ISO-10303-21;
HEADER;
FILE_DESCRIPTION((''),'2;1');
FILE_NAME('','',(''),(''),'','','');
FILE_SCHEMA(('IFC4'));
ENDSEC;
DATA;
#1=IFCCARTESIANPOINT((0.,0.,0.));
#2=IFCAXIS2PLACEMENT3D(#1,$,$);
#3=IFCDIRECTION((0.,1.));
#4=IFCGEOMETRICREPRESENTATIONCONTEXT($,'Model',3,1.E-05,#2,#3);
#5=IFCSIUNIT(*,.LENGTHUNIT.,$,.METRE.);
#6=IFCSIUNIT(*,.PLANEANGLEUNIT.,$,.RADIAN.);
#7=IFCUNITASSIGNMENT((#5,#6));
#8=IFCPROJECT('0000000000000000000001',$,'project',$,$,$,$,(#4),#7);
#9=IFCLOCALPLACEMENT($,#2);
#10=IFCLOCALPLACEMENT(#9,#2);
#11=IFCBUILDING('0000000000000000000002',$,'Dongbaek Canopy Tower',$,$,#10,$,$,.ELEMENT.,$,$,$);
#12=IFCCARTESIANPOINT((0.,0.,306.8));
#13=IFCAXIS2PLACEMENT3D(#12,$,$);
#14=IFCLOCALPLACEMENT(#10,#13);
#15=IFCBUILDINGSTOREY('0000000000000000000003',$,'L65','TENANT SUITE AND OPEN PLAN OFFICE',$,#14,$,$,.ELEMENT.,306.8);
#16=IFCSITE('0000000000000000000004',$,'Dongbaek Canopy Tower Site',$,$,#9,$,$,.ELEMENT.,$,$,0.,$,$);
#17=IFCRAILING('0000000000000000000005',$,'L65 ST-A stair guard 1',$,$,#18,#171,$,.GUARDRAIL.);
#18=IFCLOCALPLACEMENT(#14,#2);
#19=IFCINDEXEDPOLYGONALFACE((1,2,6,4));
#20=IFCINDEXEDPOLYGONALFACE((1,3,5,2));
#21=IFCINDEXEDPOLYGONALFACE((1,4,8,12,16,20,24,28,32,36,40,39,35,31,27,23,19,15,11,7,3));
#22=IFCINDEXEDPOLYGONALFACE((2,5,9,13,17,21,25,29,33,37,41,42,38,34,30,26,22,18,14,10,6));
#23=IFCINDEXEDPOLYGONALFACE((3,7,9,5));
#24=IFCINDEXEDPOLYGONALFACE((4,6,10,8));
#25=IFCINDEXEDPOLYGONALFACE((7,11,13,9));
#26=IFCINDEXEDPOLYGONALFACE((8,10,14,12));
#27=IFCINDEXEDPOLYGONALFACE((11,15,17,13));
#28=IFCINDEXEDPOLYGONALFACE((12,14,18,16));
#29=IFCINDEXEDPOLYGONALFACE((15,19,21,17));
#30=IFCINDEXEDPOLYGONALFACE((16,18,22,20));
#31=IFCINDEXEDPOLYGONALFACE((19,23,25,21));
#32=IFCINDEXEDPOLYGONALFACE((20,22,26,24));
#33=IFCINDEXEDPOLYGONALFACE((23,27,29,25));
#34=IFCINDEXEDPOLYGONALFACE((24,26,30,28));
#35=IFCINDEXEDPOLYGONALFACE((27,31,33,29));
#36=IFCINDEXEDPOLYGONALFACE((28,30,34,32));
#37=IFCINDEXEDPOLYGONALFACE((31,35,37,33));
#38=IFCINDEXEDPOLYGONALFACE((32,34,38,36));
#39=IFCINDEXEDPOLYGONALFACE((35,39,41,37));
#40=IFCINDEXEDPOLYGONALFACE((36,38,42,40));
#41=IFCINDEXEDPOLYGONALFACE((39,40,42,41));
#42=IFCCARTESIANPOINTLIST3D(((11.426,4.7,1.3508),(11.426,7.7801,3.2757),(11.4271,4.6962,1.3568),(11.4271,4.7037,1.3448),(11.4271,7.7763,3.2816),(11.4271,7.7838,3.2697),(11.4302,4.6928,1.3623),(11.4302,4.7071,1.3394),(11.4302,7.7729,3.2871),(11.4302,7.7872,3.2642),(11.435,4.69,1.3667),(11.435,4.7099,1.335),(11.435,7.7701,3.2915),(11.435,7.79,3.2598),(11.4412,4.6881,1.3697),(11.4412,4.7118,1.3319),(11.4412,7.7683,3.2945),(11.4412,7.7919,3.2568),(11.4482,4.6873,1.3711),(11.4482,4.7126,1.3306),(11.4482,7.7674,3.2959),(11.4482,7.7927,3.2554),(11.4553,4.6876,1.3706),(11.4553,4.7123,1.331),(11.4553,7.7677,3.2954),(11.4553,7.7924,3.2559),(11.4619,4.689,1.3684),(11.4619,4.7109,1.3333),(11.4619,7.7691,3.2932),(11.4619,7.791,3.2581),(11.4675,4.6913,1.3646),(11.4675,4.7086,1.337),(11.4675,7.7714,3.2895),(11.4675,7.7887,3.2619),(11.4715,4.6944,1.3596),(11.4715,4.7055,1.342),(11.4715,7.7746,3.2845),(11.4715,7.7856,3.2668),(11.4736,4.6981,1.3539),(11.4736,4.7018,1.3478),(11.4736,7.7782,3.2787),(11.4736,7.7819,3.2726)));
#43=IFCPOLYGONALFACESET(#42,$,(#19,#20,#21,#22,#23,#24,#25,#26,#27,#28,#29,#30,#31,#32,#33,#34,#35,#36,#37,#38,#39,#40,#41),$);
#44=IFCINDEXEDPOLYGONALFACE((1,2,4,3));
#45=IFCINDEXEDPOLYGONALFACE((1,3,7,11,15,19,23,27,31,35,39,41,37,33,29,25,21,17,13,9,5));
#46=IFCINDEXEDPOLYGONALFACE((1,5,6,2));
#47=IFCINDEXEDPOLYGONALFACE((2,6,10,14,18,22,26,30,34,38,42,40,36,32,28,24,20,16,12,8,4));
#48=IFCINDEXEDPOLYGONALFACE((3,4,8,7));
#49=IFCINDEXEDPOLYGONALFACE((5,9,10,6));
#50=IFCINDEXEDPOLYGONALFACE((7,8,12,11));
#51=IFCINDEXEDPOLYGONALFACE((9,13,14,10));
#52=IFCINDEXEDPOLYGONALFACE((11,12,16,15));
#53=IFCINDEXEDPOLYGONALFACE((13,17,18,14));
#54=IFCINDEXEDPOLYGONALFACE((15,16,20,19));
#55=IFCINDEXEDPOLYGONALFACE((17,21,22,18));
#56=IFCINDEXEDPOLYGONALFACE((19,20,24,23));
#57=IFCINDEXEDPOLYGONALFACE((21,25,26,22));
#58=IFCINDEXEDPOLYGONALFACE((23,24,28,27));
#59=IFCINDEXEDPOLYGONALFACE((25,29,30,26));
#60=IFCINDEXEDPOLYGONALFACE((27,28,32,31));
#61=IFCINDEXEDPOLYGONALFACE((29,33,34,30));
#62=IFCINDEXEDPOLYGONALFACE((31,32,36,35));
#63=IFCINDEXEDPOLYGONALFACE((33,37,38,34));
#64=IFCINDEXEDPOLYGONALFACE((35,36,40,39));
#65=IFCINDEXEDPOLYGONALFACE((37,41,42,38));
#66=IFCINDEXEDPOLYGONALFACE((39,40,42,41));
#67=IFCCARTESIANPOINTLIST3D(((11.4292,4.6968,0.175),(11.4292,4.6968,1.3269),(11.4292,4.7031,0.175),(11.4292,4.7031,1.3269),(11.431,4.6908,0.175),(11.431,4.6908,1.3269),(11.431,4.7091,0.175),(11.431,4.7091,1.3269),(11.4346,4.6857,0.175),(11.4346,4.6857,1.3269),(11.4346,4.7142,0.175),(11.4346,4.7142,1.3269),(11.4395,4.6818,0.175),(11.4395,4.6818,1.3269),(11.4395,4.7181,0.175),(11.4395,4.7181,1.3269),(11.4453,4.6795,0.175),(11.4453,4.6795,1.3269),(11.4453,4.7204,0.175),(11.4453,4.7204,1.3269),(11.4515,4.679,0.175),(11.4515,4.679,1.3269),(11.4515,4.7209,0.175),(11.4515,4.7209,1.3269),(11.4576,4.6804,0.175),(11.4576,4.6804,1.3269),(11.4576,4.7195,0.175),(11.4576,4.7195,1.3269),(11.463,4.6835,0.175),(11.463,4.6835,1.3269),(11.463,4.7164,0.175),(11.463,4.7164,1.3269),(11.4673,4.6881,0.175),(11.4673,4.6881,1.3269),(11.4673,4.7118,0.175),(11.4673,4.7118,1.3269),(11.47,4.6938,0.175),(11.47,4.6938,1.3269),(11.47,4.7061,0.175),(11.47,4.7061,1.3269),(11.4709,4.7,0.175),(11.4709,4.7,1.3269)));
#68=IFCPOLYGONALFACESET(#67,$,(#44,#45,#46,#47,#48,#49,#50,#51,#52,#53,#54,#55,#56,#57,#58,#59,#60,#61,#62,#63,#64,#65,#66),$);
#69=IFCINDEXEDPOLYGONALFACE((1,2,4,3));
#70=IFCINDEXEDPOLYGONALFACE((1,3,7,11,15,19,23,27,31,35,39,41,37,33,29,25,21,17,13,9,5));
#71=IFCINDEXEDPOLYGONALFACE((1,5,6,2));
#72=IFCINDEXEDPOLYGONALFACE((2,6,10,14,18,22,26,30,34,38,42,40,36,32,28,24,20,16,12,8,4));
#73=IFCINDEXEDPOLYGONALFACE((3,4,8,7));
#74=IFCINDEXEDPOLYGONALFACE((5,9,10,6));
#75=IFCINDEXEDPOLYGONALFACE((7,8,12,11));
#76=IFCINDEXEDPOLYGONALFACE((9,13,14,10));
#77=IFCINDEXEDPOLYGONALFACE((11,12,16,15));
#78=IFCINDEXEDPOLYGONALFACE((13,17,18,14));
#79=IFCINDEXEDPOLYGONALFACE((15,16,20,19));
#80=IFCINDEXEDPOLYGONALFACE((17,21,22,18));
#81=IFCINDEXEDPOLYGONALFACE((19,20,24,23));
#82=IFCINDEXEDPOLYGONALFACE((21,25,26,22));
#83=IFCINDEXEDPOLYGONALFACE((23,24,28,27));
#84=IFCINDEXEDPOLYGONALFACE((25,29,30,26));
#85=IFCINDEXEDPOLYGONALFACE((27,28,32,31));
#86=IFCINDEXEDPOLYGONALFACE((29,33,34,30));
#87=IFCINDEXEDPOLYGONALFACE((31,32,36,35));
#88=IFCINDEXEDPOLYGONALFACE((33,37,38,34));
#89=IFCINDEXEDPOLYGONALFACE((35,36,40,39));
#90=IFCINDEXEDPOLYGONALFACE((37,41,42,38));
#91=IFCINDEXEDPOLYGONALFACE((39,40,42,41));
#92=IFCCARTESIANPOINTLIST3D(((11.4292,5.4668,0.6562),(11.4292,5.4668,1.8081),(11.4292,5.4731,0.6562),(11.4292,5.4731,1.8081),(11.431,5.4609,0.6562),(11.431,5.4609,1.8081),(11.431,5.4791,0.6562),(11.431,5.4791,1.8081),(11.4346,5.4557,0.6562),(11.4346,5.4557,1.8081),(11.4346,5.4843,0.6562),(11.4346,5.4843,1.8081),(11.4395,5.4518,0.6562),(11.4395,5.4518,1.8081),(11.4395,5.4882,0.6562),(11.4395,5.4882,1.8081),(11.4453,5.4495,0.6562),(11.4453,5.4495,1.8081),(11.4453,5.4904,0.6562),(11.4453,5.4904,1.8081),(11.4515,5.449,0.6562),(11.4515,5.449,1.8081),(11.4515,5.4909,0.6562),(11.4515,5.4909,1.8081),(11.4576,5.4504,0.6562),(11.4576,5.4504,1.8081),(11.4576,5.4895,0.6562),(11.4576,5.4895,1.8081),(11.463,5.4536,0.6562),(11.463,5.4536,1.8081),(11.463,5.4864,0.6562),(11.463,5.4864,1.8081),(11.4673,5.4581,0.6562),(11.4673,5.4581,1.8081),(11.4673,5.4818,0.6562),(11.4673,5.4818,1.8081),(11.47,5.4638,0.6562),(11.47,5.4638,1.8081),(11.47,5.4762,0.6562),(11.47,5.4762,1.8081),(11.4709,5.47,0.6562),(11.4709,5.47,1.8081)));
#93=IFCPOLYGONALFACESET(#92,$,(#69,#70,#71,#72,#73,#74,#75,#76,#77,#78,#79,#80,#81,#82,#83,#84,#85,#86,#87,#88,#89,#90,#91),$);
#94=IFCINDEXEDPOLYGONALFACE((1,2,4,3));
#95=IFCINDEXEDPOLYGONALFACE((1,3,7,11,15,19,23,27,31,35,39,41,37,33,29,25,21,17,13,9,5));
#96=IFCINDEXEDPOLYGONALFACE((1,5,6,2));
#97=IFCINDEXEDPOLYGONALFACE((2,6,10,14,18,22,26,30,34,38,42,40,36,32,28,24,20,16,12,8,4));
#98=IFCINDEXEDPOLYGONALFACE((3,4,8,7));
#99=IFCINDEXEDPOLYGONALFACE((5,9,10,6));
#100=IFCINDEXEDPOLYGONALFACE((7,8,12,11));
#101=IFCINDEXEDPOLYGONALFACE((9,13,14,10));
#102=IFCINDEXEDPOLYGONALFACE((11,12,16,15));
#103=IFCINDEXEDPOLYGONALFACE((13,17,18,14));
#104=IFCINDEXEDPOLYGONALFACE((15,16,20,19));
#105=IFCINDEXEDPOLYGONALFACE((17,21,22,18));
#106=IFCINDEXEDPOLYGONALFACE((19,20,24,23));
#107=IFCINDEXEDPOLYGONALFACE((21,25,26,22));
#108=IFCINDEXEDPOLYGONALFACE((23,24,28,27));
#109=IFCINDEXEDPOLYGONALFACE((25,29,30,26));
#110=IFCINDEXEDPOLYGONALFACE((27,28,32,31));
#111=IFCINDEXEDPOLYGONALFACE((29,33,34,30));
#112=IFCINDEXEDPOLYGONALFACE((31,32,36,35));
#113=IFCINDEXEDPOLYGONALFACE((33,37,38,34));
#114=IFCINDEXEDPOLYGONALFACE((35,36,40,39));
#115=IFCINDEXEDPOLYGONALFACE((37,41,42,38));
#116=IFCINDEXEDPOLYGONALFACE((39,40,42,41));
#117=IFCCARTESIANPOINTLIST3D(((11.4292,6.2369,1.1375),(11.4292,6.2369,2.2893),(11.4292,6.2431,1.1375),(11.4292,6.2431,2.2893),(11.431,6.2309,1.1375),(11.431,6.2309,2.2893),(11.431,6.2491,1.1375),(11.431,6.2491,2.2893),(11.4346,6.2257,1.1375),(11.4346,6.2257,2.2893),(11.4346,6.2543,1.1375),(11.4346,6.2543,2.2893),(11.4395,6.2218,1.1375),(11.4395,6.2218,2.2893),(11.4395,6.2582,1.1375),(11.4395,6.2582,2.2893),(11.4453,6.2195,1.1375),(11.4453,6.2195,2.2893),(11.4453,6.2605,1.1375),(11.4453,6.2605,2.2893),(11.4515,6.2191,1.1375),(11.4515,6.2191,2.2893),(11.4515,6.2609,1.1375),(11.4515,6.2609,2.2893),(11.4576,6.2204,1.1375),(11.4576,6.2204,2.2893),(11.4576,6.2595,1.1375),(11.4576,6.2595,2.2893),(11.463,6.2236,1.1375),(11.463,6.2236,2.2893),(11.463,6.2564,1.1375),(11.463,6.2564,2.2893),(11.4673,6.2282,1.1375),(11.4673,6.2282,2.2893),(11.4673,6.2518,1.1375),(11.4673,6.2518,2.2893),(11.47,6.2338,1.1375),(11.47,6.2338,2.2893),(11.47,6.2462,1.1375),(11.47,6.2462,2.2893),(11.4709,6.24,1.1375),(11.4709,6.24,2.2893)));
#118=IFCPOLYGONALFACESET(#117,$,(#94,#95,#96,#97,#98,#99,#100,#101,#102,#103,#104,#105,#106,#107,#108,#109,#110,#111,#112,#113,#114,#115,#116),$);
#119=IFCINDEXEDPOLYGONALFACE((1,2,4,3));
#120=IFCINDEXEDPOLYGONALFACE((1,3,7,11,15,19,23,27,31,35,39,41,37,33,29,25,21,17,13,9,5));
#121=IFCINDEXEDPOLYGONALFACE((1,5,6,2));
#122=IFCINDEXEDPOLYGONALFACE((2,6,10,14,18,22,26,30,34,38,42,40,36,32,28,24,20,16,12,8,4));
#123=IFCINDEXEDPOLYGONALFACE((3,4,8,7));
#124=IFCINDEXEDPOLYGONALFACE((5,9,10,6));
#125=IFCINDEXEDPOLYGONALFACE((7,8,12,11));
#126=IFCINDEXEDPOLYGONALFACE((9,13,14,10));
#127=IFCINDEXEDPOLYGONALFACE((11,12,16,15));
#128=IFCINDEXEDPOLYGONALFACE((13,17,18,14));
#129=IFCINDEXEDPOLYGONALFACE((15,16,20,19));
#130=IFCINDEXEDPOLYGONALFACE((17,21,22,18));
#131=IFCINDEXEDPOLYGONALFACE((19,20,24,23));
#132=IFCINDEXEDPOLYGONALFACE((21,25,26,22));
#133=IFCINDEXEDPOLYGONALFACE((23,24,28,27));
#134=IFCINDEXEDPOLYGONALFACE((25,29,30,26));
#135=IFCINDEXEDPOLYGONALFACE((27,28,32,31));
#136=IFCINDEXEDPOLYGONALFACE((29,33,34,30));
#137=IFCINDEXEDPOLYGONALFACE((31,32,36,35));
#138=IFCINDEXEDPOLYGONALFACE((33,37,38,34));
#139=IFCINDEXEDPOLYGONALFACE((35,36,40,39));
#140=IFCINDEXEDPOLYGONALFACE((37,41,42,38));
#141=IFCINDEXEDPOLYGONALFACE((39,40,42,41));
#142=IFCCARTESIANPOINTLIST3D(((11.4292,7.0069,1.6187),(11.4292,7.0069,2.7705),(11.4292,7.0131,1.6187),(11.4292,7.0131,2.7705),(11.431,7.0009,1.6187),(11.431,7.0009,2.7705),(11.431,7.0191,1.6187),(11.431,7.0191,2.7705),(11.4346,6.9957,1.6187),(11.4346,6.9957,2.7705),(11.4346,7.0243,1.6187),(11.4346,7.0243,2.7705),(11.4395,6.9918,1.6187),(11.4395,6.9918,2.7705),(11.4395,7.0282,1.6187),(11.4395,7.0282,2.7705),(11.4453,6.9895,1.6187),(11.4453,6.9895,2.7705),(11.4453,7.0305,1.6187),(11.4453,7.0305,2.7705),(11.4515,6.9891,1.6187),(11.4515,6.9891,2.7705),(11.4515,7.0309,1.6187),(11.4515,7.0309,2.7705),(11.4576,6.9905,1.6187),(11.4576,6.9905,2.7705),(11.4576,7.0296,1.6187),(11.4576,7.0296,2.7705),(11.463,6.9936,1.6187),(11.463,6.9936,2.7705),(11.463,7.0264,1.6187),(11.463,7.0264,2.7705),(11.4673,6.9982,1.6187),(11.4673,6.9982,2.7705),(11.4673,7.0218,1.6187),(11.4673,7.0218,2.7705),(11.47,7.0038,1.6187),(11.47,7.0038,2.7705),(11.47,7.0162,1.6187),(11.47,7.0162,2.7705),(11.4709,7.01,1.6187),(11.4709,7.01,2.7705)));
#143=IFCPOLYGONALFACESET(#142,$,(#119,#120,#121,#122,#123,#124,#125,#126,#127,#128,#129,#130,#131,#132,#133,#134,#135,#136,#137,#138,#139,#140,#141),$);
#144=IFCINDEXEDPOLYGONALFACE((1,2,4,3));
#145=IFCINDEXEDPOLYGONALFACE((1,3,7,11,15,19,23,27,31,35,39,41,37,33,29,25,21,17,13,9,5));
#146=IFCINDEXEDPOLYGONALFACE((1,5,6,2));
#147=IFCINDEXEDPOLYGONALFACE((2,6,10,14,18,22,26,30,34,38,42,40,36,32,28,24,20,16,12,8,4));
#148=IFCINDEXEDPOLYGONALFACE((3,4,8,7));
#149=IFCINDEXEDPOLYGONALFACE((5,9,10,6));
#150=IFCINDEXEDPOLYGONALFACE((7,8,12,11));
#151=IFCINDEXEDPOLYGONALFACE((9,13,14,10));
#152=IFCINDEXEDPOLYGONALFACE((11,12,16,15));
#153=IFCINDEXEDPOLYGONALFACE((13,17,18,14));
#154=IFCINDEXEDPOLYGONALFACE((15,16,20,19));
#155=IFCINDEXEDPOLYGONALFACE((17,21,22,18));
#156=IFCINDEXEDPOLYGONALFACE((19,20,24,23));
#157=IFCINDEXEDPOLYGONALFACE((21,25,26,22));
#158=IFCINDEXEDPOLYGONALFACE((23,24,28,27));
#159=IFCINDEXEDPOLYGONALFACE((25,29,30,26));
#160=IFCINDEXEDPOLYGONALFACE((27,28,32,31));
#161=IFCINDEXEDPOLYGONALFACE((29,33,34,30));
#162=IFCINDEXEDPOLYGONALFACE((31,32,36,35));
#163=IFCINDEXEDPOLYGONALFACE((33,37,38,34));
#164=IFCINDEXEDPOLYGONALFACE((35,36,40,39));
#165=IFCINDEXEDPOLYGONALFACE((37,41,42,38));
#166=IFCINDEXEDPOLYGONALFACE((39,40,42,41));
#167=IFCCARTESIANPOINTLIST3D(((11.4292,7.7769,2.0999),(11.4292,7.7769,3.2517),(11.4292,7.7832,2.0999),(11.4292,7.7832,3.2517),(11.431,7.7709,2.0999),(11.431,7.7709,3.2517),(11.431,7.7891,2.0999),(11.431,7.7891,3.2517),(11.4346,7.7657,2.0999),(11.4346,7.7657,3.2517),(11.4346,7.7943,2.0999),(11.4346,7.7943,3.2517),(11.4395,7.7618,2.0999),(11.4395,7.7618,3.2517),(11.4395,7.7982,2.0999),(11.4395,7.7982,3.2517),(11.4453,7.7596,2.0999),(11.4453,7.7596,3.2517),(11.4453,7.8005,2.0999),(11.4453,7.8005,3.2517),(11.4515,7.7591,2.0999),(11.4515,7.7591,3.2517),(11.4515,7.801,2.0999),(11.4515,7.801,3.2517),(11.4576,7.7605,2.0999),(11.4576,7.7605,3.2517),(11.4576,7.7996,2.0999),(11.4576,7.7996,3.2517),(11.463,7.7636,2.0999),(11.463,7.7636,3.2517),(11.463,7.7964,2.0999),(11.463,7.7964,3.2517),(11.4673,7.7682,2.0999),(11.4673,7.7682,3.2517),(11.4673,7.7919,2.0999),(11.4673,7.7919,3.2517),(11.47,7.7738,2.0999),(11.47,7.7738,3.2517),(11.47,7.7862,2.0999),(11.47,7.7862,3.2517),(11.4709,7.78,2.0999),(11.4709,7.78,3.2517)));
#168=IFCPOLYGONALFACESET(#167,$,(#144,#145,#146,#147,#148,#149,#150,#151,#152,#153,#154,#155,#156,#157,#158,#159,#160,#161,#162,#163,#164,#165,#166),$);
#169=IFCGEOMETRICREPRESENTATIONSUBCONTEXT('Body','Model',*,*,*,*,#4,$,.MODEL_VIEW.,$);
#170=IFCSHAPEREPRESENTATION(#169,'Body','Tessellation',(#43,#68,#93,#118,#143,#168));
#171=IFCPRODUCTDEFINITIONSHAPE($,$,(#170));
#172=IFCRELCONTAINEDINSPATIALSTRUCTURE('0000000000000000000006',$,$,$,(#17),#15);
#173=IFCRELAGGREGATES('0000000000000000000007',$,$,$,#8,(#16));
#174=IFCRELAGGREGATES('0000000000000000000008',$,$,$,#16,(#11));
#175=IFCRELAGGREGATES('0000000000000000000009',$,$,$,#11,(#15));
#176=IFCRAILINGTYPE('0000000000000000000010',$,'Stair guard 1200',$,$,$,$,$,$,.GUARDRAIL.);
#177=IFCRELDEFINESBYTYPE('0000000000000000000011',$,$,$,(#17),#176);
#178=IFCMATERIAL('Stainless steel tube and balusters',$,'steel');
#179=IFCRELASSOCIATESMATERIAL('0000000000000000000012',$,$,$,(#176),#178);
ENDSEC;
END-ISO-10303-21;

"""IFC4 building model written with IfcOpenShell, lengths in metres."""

from ifc_helpers import new_model, si_unit, direction, frame, origin, origin_2d, place, context, subcontext, project, spatial, circle, extrude, material, type_object, element, save


model = new_model("IFC4")

# Units and contexts
model_context = context("Model", 3, precision=1e-05, world=origin(), true_north=direction((0.0, 1.0)))
body_context = subcontext(model_context, "Body", "Model", "MODEL_VIEW")
ifc_project = project(units=[si_unit("LENGTHUNIT", "METRE"), si_unit("PLANEANGLEUNIT", "RADIAN")], contexts=[model_context])

# Site, building, storey
site_placement = place(None, origin())
site = spatial("IfcSite", under=ifc_project, at=site_placement, Name="Dongbaek Canopy Tower Site", CompositionType="ELEMENT", RefElevation=0.0)
building_placement = place(site_placement, origin())
building = spatial("IfcBuilding", under=site, at=building_placement, Name="Dongbaek Canopy Tower", CompositionType="ELEMENT")
storey_placement = place(building_placement, frame((0.0, 0.0, 306.8)))
storey = spatial("IfcBuildingStorey", under=building, at=storey_placement, Name="L65", Description="TENANT SUITE AND OPEN PLAN OFFICE", CompositionType="ELEMENT", Elevation=306.8)

# Railing
ifc_material_1 = material(Name="Stainless steel tube and balusters", Category="steel")
railing_type_1 = type_object("IfcRailingType", Name="Stair guard 1200", PredefinedType="GUARDRAIL", material=ifc_material_1)
railing_1_placement = place(storey_placement, frame((11.45, 4.7, 0.175)))
element("IfcRailing", 1, at=railing_1_placement, inside=storey, type_object=railing_type_1, Name="L65 ST-A stair guard 1", PredefinedType="GUARDRAIL", context=body_context, shape_type="SweptSolid", body=[
    extrude(circle(Radius=0.0239, at=origin_2d()), frame((0.0, 0.0, 1.1758), z_axis=(0.0, 0.848029, 0.529951), x_axis=(-1.0, 0.0, 0.0)), (0.0, 0.0, 1.0), 3.6321),
    extrude(circle(Radius=0.021, at=origin_2d()), origin(), (0.0, 0.0, 1.0), 1.1519),
    extrude(circle(Radius=0.021, at=origin_2d()), frame((0.0, 0.77, 0.4812)), (0.0, 0.0, 1.0), 1.1519),
    extrude(circle(Radius=0.021, at=origin_2d()), frame((0.0, 1.54, 0.9624)), (0.0, 0.0, 1.0), 1.1519),
    extrude(circle(Radius=0.021, at=origin_2d()), frame((0.0, 2.3101, 1.4436)), (0.0, 0.0, 1.0), 1.1519),
    extrude(circle(Radius=0.021, at=origin_2d()), frame((0.0, 3.0801, 1.9248)), (0.0, 0.0, 1.0), 1.1519),
])

save(model, "model.ifc")
